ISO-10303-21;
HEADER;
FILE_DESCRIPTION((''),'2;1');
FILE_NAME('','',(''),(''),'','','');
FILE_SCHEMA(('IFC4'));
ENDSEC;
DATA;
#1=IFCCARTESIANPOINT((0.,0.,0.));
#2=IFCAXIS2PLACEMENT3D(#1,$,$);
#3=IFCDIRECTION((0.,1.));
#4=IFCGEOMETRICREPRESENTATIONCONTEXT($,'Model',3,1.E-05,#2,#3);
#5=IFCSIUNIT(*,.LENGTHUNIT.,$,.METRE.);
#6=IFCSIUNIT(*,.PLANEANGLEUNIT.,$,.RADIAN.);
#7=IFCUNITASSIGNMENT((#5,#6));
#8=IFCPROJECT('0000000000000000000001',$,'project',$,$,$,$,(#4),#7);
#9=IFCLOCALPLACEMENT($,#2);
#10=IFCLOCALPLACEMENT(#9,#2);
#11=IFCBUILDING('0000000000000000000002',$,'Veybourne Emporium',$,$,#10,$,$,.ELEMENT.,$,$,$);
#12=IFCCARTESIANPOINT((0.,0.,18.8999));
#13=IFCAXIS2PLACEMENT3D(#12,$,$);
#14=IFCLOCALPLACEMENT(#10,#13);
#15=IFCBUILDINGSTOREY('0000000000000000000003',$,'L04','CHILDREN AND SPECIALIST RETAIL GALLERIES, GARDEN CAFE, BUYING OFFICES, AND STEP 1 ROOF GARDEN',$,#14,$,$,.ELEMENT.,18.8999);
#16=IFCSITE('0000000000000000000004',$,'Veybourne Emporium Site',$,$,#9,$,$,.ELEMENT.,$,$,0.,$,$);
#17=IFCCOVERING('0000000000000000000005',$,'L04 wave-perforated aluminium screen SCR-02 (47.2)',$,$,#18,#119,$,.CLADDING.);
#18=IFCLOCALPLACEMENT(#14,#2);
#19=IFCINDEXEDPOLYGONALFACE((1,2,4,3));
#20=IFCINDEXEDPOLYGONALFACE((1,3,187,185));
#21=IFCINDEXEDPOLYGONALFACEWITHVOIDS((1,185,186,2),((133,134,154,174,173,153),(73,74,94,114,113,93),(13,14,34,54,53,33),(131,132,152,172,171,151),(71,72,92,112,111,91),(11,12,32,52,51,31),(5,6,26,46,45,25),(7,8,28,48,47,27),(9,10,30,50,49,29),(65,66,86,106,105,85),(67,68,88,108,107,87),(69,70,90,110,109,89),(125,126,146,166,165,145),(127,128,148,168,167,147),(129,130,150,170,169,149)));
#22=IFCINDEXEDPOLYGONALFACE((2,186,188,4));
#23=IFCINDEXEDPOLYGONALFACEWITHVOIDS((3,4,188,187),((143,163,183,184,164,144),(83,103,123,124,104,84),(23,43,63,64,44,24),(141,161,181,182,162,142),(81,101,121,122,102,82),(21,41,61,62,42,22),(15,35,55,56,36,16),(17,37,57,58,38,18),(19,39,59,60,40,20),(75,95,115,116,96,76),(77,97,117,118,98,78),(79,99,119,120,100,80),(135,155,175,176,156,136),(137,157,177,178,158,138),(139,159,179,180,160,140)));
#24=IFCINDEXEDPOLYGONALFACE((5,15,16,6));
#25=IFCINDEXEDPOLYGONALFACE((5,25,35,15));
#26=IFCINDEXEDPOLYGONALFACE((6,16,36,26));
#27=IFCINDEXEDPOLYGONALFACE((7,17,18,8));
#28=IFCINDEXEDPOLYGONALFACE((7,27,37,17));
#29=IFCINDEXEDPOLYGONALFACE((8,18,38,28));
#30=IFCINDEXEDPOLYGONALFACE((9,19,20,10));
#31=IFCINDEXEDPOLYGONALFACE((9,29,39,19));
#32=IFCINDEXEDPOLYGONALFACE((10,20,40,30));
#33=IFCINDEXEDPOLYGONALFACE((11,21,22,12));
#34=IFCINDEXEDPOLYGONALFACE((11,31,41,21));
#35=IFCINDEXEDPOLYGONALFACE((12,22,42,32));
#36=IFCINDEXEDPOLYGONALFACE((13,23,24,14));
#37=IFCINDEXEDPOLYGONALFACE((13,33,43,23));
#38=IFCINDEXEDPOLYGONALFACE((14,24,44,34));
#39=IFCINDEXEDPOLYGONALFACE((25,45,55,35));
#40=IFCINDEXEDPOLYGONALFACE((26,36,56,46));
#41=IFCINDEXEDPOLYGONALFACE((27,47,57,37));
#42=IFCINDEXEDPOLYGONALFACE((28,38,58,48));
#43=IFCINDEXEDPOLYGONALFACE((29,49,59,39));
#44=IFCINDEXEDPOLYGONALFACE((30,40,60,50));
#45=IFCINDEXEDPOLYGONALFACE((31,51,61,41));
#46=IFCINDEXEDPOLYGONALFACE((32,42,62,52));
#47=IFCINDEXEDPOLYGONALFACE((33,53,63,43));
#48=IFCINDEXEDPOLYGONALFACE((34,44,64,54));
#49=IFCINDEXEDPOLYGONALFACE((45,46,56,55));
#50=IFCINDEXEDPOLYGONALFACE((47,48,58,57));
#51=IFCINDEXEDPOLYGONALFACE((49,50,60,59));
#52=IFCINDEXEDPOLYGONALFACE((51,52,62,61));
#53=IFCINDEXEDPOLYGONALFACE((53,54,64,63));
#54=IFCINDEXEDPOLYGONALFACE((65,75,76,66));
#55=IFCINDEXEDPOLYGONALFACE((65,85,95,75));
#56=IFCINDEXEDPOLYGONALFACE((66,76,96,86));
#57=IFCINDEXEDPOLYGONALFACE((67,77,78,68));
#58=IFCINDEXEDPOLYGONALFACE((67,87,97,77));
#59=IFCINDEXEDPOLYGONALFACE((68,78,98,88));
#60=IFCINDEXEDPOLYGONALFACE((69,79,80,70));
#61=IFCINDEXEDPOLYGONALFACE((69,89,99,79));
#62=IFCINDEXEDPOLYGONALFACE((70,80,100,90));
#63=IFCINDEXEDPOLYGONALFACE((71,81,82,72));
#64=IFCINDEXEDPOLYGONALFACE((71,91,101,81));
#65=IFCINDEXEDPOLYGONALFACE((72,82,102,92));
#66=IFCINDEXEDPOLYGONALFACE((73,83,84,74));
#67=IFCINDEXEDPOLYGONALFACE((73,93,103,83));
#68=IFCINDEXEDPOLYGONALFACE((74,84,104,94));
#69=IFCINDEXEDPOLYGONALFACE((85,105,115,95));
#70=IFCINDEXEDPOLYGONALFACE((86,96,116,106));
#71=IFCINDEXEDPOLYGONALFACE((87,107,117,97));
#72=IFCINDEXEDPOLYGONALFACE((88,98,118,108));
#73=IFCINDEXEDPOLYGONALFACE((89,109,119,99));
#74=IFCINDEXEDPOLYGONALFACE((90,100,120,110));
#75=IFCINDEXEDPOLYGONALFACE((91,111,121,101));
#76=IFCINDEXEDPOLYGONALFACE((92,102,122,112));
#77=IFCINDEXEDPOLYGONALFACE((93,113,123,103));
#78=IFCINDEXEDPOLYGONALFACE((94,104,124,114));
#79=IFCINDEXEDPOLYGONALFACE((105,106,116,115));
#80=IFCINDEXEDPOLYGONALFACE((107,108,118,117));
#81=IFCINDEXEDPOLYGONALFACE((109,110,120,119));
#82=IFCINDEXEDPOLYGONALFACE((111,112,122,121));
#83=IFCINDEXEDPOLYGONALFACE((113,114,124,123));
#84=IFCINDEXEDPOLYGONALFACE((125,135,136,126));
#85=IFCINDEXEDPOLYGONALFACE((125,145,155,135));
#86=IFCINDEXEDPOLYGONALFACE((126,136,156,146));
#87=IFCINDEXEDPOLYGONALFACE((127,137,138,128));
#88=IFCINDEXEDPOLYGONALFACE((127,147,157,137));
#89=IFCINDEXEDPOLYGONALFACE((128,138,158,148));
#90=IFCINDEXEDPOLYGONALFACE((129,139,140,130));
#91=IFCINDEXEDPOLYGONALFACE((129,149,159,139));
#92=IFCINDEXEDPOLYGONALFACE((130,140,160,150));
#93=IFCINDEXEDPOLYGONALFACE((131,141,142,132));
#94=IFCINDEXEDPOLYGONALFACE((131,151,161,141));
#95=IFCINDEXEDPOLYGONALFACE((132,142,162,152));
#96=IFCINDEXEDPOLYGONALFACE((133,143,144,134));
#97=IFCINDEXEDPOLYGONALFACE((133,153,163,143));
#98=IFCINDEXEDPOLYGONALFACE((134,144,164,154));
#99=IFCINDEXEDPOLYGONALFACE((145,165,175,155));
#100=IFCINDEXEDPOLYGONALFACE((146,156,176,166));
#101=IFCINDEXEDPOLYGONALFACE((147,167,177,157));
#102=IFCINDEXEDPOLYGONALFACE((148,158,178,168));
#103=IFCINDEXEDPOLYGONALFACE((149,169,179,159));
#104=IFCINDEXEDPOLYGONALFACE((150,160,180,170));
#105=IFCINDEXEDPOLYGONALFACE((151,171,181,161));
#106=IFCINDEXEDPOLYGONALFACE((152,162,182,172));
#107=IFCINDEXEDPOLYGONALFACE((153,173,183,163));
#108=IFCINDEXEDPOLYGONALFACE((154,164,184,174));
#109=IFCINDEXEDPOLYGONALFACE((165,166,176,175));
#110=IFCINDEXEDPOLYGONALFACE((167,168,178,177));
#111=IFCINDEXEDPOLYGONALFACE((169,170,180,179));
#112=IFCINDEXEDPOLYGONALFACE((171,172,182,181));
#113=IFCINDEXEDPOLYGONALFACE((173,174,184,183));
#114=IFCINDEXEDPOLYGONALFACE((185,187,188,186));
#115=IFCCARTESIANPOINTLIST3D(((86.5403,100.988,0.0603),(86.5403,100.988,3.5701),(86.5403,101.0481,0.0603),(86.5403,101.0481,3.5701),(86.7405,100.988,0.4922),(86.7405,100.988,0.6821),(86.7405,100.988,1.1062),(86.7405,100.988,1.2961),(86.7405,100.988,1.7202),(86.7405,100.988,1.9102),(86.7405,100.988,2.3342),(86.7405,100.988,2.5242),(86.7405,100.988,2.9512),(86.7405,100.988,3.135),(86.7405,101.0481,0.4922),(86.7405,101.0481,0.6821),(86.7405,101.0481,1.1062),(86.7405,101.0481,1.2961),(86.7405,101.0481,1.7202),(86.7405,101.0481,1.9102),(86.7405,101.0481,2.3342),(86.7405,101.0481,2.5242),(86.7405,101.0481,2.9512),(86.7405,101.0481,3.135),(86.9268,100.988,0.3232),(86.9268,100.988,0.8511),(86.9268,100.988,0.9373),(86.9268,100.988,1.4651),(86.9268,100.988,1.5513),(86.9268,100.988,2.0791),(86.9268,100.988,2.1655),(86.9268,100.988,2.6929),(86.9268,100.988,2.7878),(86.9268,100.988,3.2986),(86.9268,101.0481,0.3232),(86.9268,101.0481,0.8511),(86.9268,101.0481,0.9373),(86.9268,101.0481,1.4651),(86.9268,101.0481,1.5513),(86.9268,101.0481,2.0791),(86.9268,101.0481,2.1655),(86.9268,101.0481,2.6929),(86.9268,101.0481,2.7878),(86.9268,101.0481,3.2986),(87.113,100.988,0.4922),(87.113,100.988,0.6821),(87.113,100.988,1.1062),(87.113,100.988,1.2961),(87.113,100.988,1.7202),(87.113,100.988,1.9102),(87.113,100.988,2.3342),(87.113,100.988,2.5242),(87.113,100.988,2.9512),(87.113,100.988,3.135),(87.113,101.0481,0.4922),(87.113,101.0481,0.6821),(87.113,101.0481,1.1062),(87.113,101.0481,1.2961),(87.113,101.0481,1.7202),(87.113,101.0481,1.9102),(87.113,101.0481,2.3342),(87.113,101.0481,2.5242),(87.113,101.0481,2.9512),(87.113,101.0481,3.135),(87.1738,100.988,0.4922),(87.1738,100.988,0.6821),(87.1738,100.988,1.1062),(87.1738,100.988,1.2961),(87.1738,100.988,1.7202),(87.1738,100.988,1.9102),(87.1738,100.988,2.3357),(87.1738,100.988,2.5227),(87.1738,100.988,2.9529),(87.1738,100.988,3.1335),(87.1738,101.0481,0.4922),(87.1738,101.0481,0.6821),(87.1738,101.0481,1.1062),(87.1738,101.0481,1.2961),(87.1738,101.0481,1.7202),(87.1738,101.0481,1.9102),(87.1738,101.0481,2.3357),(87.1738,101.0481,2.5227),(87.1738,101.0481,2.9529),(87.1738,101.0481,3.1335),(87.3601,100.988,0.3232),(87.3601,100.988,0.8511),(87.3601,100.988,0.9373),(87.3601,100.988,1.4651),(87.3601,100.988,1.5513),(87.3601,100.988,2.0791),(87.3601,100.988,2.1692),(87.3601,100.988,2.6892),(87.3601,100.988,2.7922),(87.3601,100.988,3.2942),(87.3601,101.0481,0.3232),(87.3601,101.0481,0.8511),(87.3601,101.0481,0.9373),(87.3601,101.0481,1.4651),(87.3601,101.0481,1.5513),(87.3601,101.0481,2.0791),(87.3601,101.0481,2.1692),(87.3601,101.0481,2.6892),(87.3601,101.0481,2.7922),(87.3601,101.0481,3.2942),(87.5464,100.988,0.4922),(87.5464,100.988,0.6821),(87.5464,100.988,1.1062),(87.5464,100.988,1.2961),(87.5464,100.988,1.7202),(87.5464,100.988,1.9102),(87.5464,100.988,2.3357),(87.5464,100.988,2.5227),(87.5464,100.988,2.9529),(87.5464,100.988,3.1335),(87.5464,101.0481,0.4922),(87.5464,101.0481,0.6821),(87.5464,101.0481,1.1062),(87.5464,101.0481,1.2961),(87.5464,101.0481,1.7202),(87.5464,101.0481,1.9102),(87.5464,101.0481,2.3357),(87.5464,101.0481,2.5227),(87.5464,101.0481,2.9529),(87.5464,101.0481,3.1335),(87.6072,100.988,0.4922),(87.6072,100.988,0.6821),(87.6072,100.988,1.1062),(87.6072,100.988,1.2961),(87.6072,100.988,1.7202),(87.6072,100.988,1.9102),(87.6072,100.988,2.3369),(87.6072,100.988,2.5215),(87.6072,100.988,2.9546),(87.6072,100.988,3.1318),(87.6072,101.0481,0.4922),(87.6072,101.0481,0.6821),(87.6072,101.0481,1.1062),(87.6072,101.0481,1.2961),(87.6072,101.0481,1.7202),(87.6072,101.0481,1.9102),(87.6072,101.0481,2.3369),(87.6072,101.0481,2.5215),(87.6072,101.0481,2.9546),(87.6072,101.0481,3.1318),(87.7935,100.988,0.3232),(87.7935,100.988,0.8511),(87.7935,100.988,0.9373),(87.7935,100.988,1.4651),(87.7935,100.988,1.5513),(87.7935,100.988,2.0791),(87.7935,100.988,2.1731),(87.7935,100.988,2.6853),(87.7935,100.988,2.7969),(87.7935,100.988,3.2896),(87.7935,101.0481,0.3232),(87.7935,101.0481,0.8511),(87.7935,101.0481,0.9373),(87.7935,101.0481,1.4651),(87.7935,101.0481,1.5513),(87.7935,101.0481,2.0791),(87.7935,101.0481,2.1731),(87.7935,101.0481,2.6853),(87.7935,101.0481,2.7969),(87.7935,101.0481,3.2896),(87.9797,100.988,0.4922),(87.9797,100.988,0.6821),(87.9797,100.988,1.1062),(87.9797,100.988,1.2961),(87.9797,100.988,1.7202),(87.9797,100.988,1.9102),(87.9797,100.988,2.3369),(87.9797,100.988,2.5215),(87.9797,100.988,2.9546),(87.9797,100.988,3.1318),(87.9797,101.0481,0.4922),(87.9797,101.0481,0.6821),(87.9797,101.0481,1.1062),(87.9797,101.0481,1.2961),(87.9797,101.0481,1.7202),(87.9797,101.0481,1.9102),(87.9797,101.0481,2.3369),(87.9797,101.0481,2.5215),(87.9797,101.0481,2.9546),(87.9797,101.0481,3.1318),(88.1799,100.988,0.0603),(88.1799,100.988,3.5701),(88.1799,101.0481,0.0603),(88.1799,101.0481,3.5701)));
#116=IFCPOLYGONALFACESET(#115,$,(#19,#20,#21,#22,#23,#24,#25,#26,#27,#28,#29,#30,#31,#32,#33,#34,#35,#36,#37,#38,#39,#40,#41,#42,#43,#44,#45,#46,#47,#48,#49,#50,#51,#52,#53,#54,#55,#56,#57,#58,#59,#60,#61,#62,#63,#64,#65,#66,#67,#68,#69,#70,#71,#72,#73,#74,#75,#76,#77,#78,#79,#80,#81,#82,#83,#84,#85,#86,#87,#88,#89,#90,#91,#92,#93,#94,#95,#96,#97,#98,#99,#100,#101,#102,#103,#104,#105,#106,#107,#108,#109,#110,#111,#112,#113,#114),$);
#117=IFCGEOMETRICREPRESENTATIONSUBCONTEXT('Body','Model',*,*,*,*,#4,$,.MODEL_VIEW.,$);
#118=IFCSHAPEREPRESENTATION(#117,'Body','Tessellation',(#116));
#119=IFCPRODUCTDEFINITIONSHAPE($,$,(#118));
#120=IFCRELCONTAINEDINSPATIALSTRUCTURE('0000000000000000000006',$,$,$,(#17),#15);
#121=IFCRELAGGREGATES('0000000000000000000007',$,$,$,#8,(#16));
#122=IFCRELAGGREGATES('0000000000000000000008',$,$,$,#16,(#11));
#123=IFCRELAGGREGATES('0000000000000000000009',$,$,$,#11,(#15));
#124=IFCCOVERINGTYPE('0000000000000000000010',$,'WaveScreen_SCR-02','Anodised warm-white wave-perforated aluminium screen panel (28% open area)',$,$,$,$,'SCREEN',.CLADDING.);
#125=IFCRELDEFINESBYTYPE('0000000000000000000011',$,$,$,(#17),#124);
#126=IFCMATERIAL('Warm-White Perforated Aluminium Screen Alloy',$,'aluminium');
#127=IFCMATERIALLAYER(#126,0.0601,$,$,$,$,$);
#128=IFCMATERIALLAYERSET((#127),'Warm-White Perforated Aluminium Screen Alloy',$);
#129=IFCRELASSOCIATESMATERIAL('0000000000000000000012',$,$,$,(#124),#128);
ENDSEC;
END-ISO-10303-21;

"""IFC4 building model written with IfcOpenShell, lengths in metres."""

from ifc_helpers import new_model, si_unit, direction, frame, origin, place, context, subcontext, project, spatial, polyline, outline, extrude, material, layer, layer_set, type_object, element, save


model = new_model("IFC4")

# Units and contexts
model_context = context("Model", 3, precision=1e-05, world=origin(), true_north=direction((0.0, 1.0)))
body_context = subcontext(model_context, "Body", "Model", "MODEL_VIEW")
ifc_project = project(units=[si_unit("LENGTHUNIT", "METRE"), si_unit("PLANEANGLEUNIT", "RADIAN")], contexts=[model_context])

# Site, building, storey
site_placement = place(None, origin())
site = spatial("IfcSite", under=ifc_project, at=site_placement, Name="Veybourne Emporium Site", CompositionType="ELEMENT", RefElevation=0.0)
building_placement = place(site_placement, origin())
building = spatial("IfcBuilding", under=site, at=building_placement, Name="Veybourne Emporium", CompositionType="ELEMENT")
storey_placement = place(building_placement, frame((0.0, 0.0, 18.8999)))
storey = spatial("IfcBuildingStorey", under=building, at=storey_placement, Name="L04", Description="CHILDREN AND SPECIALIST RETAIL GALLERIES, GARDEN CAFE, BUYING OFFICES, AND STEP 1 ROOF GARDEN", CompositionType="ELEMENT", Elevation=18.8999)

# Covering
ifc_material_1 = material(Name="Warm-White Perforated Aluminium Screen Alloy", Category="aluminium")
ifc_layer_1 = layer(ifc_material_1, 0.0601)
ifc_layer_set_1 = layer_set([ifc_layer_1], Name="Warm-White Perforated Aluminium Screen Alloy")
covering_type_1 = type_object("IfcCoveringType", Name="WaveScreen_SCR-02", Description="Anodised warm-white wave-perforated aluminium screen panel (28% open area)", ElementType="SCREEN", PredefinedType="CLADDING", material=ifc_layer_set_1)
covering_1_placement = place(storey_placement, frame((87.3601, 101.0481, 1.8152), z_axis=(0.0, -1.0, 0.0), x_axis=(1.0, 0.0, 0.0)))
element("IfcCovering", 1, at=covering_1_placement, inside=storey, type_object=covering_type_1, Name="L04 wave-perforated aluminium screen SCR-02 (47.2)", PredefinedType="CLADDING", context=body_context, shape_type="SweptSolid", body=[
    extrude(outline(polyline([(-0.8198, -1.7549), (0.8198, -1.7549), (0.8198, 1.7549), (-0.8198, 1.7549), (-0.8198, -1.7549)]), holes=[polyline([(-0.4333, -0.9641), (-0.2471, -1.1331), (-0.2471, -1.323), (-0.4333, -1.4919), (-0.6196, -1.323), (-0.6196, -1.1331), (-0.4333, -0.9641)]), polyline([(-0.4333, -0.3501), (-0.2471, -0.519), (-0.2471, -0.709), (-0.4333, -0.8779), (-0.6196, -0.709), (-0.6196, -0.519), (-0.4333, -0.3501)]), polyline([(-0.4333, 0.2639), (-0.2471, 0.095), (-0.2471, -0.095), (-0.4333, -0.2639), (-0.6196, -0.095), (-0.6196, 0.095), (-0.4333, 0.2639)]), polyline([(-0.4333, 0.8777), (-0.2471, 0.709), (-0.2471, 0.519), (-0.4333, 0.3503), (-0.6196, 0.519), (-0.6196, 0.709), (-0.4333, 0.8777)]), polyline([(-0.4333, 1.4834), (-0.2471, 1.3198), (-0.2471, 1.136), (-0.4333, 0.9727), (-0.6196, 1.136), (-0.6196, 1.3198), (-0.4333, 1.4834)]), polyline([(0.0, -0.9641), (0.1863, -1.1331), (0.1863, -1.323), (0.0, -1.4919), (-0.1863, -1.323), (-0.1863, -1.1331), (0.0, -0.9641)]), polyline([(0.0, -0.3501), (0.1863, -0.519), (0.1863, -0.709), (0.0, -0.8779), (-0.1863, -0.709), (-0.1863, -0.519), (0.0, -0.3501)]), polyline([(0.0, 0.2639), (0.1863, 0.095), (0.1863, -0.095), (0.0, -0.2639), (-0.1863, -0.095), (-0.1863, 0.095), (0.0, 0.2639)]), polyline([(0.0, 0.874), (0.1863, 0.7075), (0.1863, 0.5205), (0.0, 0.354), (-0.1863, 0.5205), (-0.1863, 0.7075), (0.0, 0.874)]), polyline([(0.0, 1.479), (0.1863, 1.3184), (0.1863, 1.1377), (0.0, 0.9771), (-0.1863, 1.1377), (-0.1863, 1.3184), (0.0, 1.479)]), polyline([(0.4333, -0.9641), (0.6196, -1.1331), (0.6196, -1.323), (0.4333, -1.4919), (0.2471, -1.323), (0.2471, -1.1331), (0.4333, -0.9641)]), polyline([(0.4333, -0.3501), (0.6196, -0.519), (0.6196, -0.709), (0.4333, -0.8779), (0.2471, -0.709), (0.2471, -0.519), (0.4333, -0.3501)]), polyline([(0.4333, 0.2639), (0.6196, 0.095), (0.6196, -0.095), (0.4333, -0.2639), (0.2471, -0.095), (0.2471, 0.095), (0.4333, 0.2639)]), polyline([(0.4333, 0.8701), (0.6196, 0.7063), (0.6196, 0.5217), (0.4333, 0.3579), (0.2471, 0.5217), (0.2471, 0.7063), (0.4333, 0.8701)]), polyline([(0.4333, 1.4744), (0.6196, 1.3167), (0.6196, 1.1394), (0.4333, 0.9817), (0.2471, 1.1394), (0.2471, 1.3167), (0.4333, 1.4744)])]), origin(), (0.0, 0.0, 1.0), 0.0601),
])

save(model, "model.ifc")
